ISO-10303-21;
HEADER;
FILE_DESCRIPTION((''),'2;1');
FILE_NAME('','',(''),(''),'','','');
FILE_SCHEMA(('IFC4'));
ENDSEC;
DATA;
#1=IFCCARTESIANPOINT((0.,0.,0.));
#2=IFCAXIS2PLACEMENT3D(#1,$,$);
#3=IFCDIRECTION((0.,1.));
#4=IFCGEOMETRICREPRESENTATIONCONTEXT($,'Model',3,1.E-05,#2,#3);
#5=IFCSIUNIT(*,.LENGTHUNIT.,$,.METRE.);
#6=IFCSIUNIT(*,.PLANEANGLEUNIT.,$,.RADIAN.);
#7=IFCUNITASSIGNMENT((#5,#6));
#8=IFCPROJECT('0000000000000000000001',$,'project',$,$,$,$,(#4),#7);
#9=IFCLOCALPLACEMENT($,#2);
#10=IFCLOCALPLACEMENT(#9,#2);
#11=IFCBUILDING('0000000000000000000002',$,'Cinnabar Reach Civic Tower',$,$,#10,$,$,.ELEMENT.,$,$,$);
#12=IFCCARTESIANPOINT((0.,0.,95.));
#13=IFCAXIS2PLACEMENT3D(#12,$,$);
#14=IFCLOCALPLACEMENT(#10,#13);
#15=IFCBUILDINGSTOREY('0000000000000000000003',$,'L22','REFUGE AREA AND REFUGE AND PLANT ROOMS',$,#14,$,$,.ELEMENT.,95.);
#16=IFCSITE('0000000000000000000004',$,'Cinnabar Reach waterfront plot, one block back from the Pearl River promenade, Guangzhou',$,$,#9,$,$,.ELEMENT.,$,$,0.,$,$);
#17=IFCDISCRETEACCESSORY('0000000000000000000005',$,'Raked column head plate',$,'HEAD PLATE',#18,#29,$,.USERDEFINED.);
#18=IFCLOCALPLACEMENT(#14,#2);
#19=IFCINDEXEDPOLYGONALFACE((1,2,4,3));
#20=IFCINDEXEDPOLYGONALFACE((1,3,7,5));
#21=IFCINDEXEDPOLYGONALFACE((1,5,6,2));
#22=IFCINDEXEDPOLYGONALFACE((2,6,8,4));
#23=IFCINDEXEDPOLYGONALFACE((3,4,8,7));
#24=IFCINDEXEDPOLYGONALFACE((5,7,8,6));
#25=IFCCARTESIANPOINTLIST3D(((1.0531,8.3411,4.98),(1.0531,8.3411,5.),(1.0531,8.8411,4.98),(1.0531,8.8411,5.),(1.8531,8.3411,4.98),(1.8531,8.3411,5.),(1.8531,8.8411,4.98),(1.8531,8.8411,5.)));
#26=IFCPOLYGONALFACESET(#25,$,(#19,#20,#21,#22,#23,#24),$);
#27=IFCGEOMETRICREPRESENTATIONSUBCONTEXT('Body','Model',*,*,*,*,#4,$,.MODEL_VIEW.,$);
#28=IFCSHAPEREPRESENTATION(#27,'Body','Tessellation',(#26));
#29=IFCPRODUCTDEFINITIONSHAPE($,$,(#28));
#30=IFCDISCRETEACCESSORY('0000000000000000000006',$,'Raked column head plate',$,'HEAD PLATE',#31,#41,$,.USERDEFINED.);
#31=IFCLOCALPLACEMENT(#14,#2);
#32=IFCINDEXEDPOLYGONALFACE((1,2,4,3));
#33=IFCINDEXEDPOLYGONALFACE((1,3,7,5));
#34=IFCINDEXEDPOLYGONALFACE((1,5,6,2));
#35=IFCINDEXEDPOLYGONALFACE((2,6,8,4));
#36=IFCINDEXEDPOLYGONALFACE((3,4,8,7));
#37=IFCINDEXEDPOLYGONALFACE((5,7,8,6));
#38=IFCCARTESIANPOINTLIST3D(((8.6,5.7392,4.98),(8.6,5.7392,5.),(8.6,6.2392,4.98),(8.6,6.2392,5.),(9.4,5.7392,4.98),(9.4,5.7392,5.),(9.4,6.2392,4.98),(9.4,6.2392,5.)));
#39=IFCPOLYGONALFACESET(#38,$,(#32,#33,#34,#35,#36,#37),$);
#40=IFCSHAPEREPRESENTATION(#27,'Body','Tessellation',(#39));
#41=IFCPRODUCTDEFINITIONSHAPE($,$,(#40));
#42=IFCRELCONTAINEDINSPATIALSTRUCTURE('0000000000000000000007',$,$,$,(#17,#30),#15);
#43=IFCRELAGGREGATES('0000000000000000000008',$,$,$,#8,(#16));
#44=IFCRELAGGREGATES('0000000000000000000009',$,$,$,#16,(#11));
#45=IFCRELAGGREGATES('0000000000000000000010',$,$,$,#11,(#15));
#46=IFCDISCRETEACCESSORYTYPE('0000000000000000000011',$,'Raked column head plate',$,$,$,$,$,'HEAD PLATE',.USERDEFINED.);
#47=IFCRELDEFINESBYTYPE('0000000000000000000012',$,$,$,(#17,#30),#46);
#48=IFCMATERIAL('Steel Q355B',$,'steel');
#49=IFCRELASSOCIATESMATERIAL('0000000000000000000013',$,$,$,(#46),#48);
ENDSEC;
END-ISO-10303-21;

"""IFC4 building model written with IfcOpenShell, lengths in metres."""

from ifc_helpers import new_model, si_unit, direction, frame, origin, origin_2d, place, context, subcontext, project, spatial, rectangle, extrude, material, type_object, element, save


model = new_model("IFC4")

# Units and contexts
model_context = context("Model", 3, precision=1e-05, world=origin(), true_north=direction((0.0, 1.0)))
body_context = subcontext(model_context, "Body", "Model", "MODEL_VIEW")
ifc_project = project(units=[si_unit("LENGTHUNIT", "METRE"), si_unit("PLANEANGLEUNIT", "RADIAN")], contexts=[model_context])

# Site, building, storey
site_placement = place(None, origin())
site = spatial("IfcSite", under=ifc_project, at=site_placement, Name="Cinnabar Reach waterfront plot, one block back from the Pearl River promenade, Guangzhou", CompositionType="ELEMENT", RefElevation=0.0)
building_placement = place(site_placement, origin())
building = spatial("IfcBuilding", under=site, at=building_placement, Name="Cinnabar Reach Civic Tower", CompositionType="ELEMENT")
storey_placement = place(building_placement, frame((0.0, 0.0, 95.0)))
storey = spatial("IfcBuildingStorey", under=building, at=storey_placement, Name="L22", Description="REFUGE AREA AND REFUGE AND PLANT ROOMS", CompositionType="ELEMENT", Elevation=95.0)

# Shared definitions
ifc_material_1 = material(Name="Steel Q355B", Category="steel")

# Discrete accessories
discrete_accessory_type = type_object("IfcDiscreteAccessoryType", Name="Raked column head plate", ElementType="HEAD PLATE", PredefinedType="USERDEFINED", material=ifc_material_1)
for number, where, z_axis, x_axis, name in (
    (1, (1.4531, 8.5911, 4.98), (0.0, 0.0, 1.0), (0.0, 1.0, 0.0), "Raked column head plate"),
    (2, (9.0, 5.9892, 4.98), (0.0, 0.0, 1.0), (0.0, 1.0, 0.0), "Raked column head plate"),
):
    element("IfcDiscreteAccessory", number, at=place(storey_placement, frame(where, z_axis=z_axis, x_axis=x_axis)), inside=storey, type_object=discrete_accessory_type, Name=name, ObjectType="HEAD PLATE", PredefinedType="USERDEFINED", context=body_context, shape_type="SweptSolid", body=[
        extrude(rectangle(XDim=0.5, YDim=0.8, at=origin_2d()), origin(), (0.0, 0.0, 1.0), 0.02),
    ])

save(model, "model.ifc")
